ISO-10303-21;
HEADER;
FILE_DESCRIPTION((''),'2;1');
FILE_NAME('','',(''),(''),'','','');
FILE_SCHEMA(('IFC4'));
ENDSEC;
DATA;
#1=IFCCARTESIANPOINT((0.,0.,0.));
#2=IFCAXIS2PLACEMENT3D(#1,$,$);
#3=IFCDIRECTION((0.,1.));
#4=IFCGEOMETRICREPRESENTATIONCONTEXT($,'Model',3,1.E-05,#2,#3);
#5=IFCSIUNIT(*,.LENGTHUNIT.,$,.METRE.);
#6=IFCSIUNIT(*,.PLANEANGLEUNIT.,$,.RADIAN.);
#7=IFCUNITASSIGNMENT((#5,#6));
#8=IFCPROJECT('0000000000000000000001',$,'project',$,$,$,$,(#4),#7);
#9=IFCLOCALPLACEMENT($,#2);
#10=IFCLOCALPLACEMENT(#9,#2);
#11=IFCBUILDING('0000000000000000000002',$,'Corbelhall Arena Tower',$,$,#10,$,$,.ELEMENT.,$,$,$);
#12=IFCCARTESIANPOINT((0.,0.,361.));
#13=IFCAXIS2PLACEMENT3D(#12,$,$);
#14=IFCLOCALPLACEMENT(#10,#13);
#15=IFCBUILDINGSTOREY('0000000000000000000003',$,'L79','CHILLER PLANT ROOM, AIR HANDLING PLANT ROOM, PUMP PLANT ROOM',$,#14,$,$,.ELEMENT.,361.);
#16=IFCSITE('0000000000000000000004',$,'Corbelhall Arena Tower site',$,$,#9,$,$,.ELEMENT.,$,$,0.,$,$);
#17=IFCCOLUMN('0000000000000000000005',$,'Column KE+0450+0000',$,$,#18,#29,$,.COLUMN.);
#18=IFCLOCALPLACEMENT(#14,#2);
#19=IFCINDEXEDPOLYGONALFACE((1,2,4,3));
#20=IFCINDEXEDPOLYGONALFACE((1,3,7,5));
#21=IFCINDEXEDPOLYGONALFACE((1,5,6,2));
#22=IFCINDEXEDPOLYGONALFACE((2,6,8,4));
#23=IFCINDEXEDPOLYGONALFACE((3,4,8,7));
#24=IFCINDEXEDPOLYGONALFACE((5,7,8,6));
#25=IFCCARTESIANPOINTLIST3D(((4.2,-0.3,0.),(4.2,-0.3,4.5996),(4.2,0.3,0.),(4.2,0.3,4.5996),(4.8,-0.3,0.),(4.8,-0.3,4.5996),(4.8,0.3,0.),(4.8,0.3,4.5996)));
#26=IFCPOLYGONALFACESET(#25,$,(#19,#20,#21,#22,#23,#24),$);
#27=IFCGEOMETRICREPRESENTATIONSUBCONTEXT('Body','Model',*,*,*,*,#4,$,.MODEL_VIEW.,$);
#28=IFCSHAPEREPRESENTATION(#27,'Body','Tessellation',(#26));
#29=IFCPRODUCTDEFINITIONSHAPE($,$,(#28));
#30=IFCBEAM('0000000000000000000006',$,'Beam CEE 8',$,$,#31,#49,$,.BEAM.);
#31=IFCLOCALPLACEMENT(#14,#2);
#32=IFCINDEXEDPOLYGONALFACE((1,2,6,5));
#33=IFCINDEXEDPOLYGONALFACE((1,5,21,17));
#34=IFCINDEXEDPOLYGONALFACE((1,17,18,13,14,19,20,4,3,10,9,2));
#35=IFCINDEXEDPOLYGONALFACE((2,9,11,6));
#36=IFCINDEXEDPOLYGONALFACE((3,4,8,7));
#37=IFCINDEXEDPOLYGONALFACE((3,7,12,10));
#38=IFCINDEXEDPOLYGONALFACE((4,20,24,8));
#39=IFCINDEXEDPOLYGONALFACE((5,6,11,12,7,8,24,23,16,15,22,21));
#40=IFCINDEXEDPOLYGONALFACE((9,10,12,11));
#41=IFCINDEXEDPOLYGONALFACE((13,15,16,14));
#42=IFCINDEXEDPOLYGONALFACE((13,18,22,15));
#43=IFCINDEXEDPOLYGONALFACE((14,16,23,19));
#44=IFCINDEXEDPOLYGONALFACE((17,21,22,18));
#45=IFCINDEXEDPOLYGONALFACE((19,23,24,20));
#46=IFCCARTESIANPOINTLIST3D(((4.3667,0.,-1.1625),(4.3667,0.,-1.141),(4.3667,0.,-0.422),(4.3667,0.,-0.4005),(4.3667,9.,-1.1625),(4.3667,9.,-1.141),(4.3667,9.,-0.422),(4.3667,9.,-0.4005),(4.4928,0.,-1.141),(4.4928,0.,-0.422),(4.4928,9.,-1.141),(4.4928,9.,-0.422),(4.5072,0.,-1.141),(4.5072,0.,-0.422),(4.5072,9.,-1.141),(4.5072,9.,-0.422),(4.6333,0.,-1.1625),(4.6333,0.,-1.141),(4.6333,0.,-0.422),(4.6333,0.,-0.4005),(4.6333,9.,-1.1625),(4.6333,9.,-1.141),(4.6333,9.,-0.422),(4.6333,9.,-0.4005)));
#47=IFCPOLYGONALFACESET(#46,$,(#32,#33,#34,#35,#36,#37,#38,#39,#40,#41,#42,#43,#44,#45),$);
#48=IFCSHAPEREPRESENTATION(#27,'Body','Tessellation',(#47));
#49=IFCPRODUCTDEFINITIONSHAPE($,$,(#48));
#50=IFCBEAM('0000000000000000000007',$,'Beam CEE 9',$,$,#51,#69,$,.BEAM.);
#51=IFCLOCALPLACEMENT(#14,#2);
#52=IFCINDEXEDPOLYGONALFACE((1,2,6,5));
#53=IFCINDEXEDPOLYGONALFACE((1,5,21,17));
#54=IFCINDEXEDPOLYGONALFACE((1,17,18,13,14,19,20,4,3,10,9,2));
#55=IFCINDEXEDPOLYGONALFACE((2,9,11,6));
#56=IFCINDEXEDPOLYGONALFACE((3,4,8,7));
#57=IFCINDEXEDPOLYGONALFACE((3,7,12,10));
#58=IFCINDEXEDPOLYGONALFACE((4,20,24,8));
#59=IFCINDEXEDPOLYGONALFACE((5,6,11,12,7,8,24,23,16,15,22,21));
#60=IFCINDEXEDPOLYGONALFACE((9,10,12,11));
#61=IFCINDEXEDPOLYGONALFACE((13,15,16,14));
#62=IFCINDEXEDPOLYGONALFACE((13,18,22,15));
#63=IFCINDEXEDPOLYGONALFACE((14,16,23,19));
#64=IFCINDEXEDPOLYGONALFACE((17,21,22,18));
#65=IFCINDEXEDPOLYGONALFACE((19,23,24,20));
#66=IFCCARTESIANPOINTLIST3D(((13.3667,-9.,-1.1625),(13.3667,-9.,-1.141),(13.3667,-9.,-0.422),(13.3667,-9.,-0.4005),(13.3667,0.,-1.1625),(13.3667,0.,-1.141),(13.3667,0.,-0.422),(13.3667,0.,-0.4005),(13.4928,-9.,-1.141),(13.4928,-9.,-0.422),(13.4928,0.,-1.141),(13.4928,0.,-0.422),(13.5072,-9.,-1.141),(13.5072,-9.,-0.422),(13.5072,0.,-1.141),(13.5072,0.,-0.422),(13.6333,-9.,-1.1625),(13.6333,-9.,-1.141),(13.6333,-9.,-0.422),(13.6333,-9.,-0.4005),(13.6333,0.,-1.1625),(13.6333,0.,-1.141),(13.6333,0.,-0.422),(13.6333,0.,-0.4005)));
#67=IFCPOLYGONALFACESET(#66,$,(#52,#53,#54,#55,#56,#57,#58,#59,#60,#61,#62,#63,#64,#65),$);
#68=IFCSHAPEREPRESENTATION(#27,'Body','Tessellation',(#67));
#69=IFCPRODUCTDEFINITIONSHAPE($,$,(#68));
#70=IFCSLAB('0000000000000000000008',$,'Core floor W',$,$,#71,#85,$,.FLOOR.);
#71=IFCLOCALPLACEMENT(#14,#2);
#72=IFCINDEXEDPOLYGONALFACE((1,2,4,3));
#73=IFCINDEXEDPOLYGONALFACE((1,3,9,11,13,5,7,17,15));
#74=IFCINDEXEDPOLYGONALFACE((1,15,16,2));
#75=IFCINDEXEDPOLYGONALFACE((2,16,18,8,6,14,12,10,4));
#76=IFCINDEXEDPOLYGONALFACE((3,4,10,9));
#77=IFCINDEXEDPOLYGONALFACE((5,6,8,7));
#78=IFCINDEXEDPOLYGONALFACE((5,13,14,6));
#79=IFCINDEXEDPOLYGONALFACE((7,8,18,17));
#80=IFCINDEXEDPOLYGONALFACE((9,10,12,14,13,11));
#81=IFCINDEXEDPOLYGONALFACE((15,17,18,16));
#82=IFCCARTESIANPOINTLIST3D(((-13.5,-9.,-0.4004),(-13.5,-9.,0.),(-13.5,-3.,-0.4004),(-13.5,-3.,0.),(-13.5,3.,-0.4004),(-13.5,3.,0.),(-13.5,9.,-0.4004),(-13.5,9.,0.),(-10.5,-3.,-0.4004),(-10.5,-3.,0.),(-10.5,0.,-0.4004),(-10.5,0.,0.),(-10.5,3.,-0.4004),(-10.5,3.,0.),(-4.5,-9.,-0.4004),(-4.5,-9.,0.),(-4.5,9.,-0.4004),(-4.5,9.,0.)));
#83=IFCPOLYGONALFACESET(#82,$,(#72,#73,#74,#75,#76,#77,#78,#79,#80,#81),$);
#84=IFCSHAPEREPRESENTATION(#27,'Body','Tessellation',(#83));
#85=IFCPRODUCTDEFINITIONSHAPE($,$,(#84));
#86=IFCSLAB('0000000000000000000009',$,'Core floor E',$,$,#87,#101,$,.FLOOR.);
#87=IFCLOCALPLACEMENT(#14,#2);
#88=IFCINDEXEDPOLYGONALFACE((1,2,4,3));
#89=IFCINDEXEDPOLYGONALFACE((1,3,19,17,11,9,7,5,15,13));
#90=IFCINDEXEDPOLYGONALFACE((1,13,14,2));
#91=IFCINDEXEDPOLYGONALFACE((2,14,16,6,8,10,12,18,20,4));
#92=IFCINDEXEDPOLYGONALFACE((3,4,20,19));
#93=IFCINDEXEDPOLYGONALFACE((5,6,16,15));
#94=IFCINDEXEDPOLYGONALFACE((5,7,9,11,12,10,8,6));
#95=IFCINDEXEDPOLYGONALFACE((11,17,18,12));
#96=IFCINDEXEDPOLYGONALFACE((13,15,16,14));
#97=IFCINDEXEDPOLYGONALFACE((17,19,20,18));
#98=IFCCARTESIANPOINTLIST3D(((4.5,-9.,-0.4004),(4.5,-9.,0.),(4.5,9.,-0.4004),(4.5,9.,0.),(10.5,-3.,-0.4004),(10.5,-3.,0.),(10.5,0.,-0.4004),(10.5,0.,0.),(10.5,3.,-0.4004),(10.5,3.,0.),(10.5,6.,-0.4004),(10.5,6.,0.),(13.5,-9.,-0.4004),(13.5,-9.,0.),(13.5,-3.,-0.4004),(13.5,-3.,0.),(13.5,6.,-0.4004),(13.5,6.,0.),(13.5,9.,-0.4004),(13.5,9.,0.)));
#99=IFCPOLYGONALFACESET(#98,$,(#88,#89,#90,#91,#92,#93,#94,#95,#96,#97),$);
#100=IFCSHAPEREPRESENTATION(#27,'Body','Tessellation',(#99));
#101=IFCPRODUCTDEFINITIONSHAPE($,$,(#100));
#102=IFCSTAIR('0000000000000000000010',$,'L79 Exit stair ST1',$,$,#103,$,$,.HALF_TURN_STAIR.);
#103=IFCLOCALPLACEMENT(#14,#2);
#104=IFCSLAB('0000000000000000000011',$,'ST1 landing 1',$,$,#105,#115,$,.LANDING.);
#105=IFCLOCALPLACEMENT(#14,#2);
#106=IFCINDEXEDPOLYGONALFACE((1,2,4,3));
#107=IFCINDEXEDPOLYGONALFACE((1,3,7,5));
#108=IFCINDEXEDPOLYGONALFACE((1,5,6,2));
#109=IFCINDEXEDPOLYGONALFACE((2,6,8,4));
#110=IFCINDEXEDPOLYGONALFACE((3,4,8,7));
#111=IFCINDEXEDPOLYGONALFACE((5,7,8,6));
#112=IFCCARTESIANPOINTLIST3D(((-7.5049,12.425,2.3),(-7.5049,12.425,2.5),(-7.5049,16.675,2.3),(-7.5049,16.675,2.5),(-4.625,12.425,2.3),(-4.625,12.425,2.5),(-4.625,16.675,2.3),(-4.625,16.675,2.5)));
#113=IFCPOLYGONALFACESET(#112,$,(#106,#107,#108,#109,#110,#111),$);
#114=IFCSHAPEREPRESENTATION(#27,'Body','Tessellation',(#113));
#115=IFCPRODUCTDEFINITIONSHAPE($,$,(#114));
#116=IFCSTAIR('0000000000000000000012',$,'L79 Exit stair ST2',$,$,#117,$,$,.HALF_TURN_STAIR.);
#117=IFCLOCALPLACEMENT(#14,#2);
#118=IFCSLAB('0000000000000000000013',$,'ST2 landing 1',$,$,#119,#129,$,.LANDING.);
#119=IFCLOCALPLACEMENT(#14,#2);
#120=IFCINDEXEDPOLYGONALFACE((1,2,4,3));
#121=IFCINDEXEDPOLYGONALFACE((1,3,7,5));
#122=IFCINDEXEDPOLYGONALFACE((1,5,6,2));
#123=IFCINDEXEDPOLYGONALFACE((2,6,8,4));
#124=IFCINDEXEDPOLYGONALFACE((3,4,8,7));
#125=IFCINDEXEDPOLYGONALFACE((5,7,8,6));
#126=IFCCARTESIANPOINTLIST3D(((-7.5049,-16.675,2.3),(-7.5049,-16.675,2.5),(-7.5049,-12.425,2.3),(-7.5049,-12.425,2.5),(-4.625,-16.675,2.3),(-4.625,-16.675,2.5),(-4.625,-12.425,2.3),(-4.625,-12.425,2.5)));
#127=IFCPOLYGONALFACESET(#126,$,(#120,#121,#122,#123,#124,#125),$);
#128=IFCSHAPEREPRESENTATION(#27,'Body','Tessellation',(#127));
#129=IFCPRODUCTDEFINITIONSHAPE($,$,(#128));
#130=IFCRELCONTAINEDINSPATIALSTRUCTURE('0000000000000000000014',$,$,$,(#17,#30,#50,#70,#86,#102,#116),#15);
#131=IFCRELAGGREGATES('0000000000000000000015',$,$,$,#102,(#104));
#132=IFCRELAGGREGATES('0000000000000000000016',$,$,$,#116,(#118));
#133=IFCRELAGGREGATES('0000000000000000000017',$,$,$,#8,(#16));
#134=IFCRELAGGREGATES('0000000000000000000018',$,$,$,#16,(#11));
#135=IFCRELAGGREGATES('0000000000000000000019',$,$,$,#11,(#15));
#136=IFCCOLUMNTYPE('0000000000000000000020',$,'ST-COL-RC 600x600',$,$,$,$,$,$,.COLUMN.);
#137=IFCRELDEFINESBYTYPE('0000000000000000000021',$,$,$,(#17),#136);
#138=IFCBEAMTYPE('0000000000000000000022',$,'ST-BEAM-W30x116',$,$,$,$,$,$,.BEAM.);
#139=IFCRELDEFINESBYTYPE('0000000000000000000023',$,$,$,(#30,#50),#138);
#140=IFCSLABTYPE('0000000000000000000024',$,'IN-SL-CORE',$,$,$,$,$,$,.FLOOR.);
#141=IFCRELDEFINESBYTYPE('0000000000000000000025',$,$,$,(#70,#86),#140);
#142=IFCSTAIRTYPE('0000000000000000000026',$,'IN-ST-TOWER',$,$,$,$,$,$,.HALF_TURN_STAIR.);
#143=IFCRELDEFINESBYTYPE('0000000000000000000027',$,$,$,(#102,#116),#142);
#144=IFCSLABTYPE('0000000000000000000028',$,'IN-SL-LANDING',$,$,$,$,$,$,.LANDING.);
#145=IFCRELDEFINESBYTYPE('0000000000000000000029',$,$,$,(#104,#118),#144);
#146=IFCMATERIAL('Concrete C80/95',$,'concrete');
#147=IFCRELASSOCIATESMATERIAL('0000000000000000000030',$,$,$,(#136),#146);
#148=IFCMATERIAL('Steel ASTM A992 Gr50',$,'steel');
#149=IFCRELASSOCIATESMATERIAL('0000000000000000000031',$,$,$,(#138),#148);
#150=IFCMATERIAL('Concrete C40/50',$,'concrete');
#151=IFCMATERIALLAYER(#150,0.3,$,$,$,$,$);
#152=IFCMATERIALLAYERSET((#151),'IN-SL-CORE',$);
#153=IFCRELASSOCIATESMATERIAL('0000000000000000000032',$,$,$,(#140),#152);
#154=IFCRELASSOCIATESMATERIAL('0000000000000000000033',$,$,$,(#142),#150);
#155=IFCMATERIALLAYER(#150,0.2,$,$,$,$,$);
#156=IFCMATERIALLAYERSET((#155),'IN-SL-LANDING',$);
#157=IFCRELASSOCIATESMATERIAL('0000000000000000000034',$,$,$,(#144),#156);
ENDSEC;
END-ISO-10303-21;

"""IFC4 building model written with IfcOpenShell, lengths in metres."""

from ifc_helpers import new_model, si_unit, direction, frame, origin, origin_2d, place, context, subcontext, project, spatial, polyline, rectangle, i_section, outline, extrude, material, layer, layer_set, material_profile, profile_set, type_object, element, aggregate, save


model = new_model("IFC4")

# Units and contexts
model_context = context("Model", 3, precision=1e-05, world=origin(), true_north=direction((0.0, 1.0)))
body_context = subcontext(model_context, "Body", "Model", "MODEL_VIEW")
ifc_project = project(units=[si_unit("LENGTHUNIT", "METRE"), si_unit("PLANEANGLEUNIT", "RADIAN")], contexts=[model_context])

# Site, building, storey
site_placement = place(None, origin())
site = spatial("IfcSite", under=ifc_project, at=site_placement, Name="Corbelhall Arena Tower site", CompositionType="ELEMENT", RefElevation=0.0)
building_placement = place(site_placement, origin())
building = spatial("IfcBuilding", under=site, at=building_placement, Name="Corbelhall Arena Tower", CompositionType="ELEMENT")
storey_placement = place(building_placement, frame((0.0, 0.0, 361.0)))
storey = spatial("IfcBuildingStorey", under=building, at=storey_placement, Name="L79", Description="CHILLER PLANT ROOM, AIR HANDLING PLANT ROOM, PUMP PLANT ROOM", CompositionType="ELEMENT", Elevation=361.0)

# Column
ifc_material_1 = material(Name="Concrete C80/95", Category="concrete")
ifc_material_profile_1 = material_profile(ifc_material_1, rectangle(XDim=0.6001, YDim=0.6001, at=origin_2d()))
ifc_profile_set_1 = profile_set([ifc_material_profile_1], Name="Concrete C80/95")
column_type = type_object("IfcColumnType", Name="ST-COL-RC 600x600", PredefinedType="COLUMN", material=ifc_profile_set_1)
column_placement = place(storey_placement, frame((4.5, 0.0, 0.0), z_axis=(0.0, 0.0, 1.0), x_axis=(1.0, 0.0, 0.0)))
element("IfcColumn", 1, at=column_placement, inside=storey, type_object=column_type, Name="Column KE+0450+0000", PredefinedType="COLUMN", context=body_context, shape_type="SweptSolid", body=[
    extrude(rectangle(XDim=0.6001, YDim=0.6001, at=origin_2d()), origin(), (0.0, 0.0, 1.0), 4.5996),
])

# Beams
ifc_material_2 = material(Name="Steel ASTM A992 Gr50", Category="steel")
ifc_material_profile_2 = material_profile(ifc_material_2, i_section(OverallWidth=0.2666, OverallDepth=0.762, WebThickness=0.0144, FlangeThickness=0.0215, at=origin_2d()))
ifc_profile_set_2 = profile_set([ifc_material_profile_2], Name="Steel ASTM A992 Gr50")
beam_type = type_object("IfcBeamType", Name="ST-BEAM-W30x116", PredefinedType="BEAM", material=ifc_profile_set_2)
for number, where, z_axis, x_axis, name in (
    (2, (4.5, 0.0, -0.7815), (0.0, 1.0, 0.0), (-1.0, 0.0, 0.0), "Beam CEE 8"),
    (3, (13.5, -9.0, -0.7815), (0.0, 1.0, 0.0), (-1.0, 0.0, 0.0), "Beam CEE 9"),
):
    element("IfcBeam", number, at=place(storey_placement, frame(where, z_axis=z_axis, x_axis=x_axis)), inside=storey, type_object=beam_type, Name=name, PredefinedType="BEAM", context=body_context, shape_type="SweptSolid", body=[
        extrude(i_section(OverallWidth=0.2666, OverallDepth=0.762, WebThickness=0.0144, FlangeThickness=0.0215, at=origin_2d()), origin(), (0.0, 0.0, 1.0), 9.0),
    ])

# Slabs
ifc_material_3 = material(Name="Concrete C40/50", Category="concrete")
ifc_layer_1 = layer(ifc_material_3, 0.3)
ifc_layer_set_1 = layer_set([ifc_layer_1], Name="IN-SL-CORE")
slab_type_1 = type_object("IfcSlabType", Name="IN-SL-CORE", PredefinedType="FLOOR", material=ifc_layer_set_1)
slab_1_placement = place(storey_placement, frame((0.0, 0.0, -0.4004)))
element("IfcSlab", 4, at=slab_1_placement, inside=storey, type_object=slab_type_1, Name="Core floor W", PredefinedType="FLOOR", context=body_context, shape_type="SweptSolid", body=[
    extrude(outline(polyline([(-4.5, 9.0), (-13.5, 9.0), (-13.5, 3.0), (-10.5, 3.0), (-10.5, 0.0), (-10.5, -3.0), (-13.5, -3.0), (-13.5, -9.0), (-4.5, -9.0), (-4.5, 9.0)])), origin(), (0.0, 0.0, 1.0), 0.4004),
])
slab_2_placement = place(storey_placement, frame((0.0, 0.0, -0.4004)))
element("IfcSlab", 5, at=slab_2_placement, inside=storey, type_object=slab_type_1, Name="Core floor E", PredefinedType="FLOOR", context=body_context, shape_type="SweptSolid", body=[
    extrude(outline(polyline([(4.5, 9.0), (4.5, -9.0), (13.5, -9.0), (13.5, -3.0), (10.5, -3.0), (10.5, 0.0), (10.5, 3.0), (10.5, 6.0), (13.5, 6.0), (13.5, 9.0), (4.5, 9.0)])), origin(), (0.0, 0.0, 1.0), 0.4004),
])

# Stairs, slabs
stair_type = type_object("IfcStairType", Name="IN-ST-TOWER", PredefinedType="HALF_TURN_STAIR", material=ifc_material_3)
stair_1_placement = place(storey_placement, origin())
stair_1 = element("IfcStair", 6, at=stair_1_placement, inside=storey, type_object=stair_type, Name="L79 Exit stair ST1", PredefinedType="HALF_TURN_STAIR")
ifc_layer_2 = layer(ifc_material_3, 0.2)
ifc_layer_set_2 = layer_set([ifc_layer_2], Name="IN-SL-LANDING")
slab_type_2 = type_object("IfcSlabType", Name="IN-SL-LANDING", PredefinedType="LANDING", material=ifc_layer_set_2)
slab_3_placement = place(storey_placement, frame((0.0, 0.0, 2.3)))
slab_3 = element("IfcSlab", 7, at=slab_3_placement, type_object=slab_type_2, Name="ST1 landing 1", PredefinedType="LANDING", context=body_context, shape_type="SweptSolid", body=[
    extrude(outline(polyline([(-7.5049, 12.425), (-4.625, 12.425), (-4.625, 16.675), (-7.5049, 16.675), (-7.5049, 12.425)])), origin(), (0.0, 0.0, 1.0), 0.2),
])
aggregate(stair_1, [slab_3])
stair_2_placement = place(storey_placement, origin())
stair_2 = element("IfcStair", 8, at=stair_2_placement, inside=storey, type_object=stair_type, Name="L79 Exit stair ST2", PredefinedType="HALF_TURN_STAIR")
slab_4_placement = place(storey_placement, frame((0.0, 0.0, 2.3)))
slab_4 = element("IfcSlab", 9, at=slab_4_placement, type_object=slab_type_2, Name="ST2 landing 1", PredefinedType="LANDING", context=body_context, shape_type="SweptSolid", body=[
    extrude(outline(polyline([(-7.5049, -16.675), (-4.625, -16.675), (-4.625, -12.425), (-7.5049, -12.425), (-7.5049, -16.675)])), origin(), (0.0, 0.0, 1.0), 0.2),
])
aggregate(stair_2, [slab_4])

save(model, "model.ifc")
